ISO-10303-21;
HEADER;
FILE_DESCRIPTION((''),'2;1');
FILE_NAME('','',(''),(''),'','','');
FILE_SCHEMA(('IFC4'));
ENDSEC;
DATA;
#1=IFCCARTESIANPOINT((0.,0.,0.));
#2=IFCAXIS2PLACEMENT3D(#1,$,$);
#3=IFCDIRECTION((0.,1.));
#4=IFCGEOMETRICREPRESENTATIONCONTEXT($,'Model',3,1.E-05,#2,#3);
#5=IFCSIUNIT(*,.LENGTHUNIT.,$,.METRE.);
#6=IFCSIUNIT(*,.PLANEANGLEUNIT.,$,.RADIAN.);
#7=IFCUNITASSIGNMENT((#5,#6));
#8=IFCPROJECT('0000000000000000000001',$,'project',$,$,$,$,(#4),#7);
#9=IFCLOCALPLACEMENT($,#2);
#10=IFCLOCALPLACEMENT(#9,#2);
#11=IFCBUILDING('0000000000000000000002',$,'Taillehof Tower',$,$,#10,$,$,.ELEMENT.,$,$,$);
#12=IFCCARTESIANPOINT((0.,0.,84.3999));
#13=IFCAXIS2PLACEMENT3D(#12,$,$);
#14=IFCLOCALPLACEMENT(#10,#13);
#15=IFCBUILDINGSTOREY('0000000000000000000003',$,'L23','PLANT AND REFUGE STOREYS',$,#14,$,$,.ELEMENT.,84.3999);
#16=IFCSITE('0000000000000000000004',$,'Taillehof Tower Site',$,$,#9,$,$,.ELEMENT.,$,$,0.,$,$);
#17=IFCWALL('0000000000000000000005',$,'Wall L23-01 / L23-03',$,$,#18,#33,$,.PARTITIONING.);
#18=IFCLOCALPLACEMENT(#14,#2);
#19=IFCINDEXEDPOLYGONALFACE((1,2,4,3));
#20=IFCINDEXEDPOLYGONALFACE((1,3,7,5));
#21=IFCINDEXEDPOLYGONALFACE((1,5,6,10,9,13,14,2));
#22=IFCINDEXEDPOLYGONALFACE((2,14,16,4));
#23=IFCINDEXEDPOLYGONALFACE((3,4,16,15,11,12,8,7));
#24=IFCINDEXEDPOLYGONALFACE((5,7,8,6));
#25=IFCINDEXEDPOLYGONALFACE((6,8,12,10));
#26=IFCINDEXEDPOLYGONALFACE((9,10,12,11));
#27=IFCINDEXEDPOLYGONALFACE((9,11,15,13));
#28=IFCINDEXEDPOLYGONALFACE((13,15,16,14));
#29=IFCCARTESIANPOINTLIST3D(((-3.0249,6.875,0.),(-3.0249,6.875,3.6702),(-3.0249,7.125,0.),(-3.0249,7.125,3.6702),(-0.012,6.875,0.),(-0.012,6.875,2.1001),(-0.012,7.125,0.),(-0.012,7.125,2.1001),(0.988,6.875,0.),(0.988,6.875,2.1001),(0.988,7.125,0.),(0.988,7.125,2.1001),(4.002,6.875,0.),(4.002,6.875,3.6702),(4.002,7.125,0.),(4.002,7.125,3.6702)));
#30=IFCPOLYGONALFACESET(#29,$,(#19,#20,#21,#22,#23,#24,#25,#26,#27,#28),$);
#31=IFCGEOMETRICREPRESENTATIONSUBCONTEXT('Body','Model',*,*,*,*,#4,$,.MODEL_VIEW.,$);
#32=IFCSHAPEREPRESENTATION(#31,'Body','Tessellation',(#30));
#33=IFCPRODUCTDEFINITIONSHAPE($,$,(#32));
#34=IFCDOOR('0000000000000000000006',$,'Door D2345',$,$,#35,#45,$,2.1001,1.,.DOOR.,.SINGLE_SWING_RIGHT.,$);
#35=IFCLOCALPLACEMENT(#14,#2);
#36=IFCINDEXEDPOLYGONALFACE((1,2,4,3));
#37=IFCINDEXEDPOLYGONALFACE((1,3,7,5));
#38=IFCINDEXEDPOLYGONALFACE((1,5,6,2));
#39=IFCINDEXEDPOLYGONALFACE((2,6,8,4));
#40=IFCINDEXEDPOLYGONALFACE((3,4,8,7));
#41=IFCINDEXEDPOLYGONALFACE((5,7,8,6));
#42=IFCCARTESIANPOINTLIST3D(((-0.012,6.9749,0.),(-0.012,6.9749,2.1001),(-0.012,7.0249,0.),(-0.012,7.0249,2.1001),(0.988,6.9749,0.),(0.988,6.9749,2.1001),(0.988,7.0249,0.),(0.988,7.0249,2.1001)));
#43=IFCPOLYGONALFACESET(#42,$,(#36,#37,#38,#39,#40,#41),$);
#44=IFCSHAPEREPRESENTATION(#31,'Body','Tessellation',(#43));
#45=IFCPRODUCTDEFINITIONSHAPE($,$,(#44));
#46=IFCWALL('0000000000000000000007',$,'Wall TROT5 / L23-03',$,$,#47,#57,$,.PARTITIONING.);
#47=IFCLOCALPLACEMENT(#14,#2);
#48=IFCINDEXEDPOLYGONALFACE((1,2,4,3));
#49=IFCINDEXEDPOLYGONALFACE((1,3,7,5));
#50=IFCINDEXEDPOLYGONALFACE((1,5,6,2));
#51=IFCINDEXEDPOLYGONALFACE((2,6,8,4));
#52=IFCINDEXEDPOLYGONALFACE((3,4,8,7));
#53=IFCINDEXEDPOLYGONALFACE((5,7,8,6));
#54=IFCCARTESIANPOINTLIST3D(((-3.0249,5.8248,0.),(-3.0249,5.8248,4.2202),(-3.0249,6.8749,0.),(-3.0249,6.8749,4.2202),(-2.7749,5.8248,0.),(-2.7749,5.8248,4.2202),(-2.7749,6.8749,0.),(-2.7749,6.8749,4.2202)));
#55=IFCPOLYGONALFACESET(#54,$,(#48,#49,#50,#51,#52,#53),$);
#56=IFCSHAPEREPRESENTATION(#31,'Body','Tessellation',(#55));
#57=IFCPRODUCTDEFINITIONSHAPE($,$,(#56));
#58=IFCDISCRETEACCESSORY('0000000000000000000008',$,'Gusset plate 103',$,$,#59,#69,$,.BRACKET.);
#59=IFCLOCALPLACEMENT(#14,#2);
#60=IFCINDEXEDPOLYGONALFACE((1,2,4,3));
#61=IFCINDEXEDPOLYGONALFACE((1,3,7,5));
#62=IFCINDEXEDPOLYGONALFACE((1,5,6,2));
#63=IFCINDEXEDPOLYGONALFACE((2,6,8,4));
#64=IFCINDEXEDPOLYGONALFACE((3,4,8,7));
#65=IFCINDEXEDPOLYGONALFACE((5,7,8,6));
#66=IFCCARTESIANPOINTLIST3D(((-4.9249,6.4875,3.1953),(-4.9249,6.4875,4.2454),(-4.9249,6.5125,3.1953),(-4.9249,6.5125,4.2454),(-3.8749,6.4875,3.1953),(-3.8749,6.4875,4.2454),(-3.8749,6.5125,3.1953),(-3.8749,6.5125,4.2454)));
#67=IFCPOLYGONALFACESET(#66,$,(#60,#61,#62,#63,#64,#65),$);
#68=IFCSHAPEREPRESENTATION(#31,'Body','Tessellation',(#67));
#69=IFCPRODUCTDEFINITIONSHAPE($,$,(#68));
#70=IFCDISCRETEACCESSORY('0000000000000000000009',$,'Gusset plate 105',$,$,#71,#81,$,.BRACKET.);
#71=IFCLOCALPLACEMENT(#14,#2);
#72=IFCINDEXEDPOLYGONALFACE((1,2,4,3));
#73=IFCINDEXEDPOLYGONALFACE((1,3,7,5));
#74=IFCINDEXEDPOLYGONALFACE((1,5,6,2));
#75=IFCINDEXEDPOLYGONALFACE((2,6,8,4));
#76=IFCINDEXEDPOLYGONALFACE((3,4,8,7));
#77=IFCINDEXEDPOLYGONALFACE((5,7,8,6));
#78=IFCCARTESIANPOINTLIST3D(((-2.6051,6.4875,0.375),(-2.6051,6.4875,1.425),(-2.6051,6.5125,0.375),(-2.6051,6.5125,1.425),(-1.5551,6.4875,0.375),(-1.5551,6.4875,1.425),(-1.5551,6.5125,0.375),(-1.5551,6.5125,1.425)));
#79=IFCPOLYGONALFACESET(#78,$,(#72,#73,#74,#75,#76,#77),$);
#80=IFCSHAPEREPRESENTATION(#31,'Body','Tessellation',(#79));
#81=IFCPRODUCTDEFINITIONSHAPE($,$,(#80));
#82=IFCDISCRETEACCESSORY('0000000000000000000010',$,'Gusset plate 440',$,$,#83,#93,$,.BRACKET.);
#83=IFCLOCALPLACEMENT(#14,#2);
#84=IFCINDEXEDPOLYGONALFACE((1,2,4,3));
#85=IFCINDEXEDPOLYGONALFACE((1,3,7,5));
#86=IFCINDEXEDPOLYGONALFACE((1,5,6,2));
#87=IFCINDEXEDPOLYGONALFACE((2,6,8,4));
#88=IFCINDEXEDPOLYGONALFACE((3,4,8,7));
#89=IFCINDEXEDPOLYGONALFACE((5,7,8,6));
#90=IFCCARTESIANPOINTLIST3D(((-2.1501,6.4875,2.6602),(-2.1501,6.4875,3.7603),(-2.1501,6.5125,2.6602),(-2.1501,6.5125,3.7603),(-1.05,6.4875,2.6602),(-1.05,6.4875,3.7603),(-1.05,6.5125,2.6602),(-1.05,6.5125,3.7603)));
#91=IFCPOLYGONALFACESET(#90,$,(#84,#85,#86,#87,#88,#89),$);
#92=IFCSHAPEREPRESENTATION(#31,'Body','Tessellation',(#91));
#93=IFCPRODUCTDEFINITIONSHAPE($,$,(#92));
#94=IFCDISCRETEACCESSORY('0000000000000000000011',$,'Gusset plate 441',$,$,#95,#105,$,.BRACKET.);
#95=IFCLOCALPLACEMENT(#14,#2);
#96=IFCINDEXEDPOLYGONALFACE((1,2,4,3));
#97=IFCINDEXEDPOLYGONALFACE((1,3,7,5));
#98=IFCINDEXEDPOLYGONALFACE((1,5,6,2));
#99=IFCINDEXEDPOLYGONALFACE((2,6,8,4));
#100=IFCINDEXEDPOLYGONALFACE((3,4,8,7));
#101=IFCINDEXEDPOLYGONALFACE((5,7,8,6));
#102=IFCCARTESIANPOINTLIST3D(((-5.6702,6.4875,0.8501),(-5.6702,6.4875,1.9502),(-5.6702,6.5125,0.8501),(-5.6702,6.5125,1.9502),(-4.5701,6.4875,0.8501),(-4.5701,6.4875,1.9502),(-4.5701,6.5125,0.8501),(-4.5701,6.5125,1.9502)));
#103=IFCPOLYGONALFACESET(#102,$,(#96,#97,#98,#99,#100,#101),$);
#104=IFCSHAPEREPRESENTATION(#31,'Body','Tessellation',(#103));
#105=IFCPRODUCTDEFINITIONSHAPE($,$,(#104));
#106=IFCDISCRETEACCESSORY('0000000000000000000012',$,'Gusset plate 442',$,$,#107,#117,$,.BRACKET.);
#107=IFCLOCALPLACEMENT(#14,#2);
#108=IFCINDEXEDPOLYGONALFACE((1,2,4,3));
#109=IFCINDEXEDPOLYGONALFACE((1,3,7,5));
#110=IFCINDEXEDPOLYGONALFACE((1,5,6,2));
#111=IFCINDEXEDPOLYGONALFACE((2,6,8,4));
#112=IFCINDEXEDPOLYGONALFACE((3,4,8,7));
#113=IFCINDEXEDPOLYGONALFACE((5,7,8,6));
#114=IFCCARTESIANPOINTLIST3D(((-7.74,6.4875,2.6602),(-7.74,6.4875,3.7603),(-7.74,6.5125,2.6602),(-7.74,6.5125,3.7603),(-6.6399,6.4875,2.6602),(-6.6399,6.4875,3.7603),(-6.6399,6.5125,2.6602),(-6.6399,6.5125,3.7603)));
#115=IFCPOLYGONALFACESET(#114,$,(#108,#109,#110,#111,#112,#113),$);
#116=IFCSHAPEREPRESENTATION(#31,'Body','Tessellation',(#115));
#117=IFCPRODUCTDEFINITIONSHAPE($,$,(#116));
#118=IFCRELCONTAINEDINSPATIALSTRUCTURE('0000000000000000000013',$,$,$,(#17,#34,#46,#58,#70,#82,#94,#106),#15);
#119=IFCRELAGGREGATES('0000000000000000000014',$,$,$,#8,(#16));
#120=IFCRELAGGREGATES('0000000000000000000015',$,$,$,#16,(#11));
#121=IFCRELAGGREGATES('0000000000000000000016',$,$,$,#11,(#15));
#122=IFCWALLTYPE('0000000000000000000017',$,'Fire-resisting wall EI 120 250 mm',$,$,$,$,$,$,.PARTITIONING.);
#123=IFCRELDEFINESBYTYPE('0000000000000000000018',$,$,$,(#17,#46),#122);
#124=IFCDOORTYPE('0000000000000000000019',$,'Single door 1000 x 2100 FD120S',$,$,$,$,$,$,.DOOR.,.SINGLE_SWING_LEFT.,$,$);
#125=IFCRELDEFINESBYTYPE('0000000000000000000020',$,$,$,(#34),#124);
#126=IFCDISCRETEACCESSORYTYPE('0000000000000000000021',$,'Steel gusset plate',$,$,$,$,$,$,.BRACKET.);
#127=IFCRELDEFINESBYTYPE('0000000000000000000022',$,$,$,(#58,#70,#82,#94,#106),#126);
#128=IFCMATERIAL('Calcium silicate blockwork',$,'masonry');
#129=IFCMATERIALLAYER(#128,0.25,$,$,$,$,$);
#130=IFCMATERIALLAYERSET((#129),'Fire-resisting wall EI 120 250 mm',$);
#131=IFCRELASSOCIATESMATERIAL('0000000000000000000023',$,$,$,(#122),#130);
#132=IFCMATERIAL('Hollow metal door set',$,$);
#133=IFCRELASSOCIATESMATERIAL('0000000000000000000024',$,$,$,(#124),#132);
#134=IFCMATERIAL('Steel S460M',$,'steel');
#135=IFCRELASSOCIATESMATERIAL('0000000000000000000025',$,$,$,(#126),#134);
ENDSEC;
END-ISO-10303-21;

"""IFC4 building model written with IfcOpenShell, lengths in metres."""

from ifc_helpers import new_model, si_unit, direction, frame, frame_2d, origin, origin_2d, place, context, subcontext, project, spatial, rectangle, extrude, material, layer, layer_set, type_object, element, fill, save


model = new_model("IFC4")

# Units and contexts
model_context = context("Model", 3, precision=1e-05, world=origin(), true_north=direction((0.0, 1.0)))
body_context = subcontext(model_context, "Body", "Model", "MODEL_VIEW")
ifc_project = project(units=[si_unit("LENGTHUNIT", "METRE"), si_unit("PLANEANGLEUNIT", "RADIAN")], contexts=[model_context])

# Site, building, storey
site_placement = place(None, origin())
site = spatial("IfcSite", under=ifc_project, at=site_placement, Name="Taillehof Tower Site", CompositionType="ELEMENT", RefElevation=0.0)
building_placement = place(site_placement, origin())
building = spatial("IfcBuilding", under=site, at=building_placement, Name="Taillehof Tower", CompositionType="ELEMENT")
storey_placement = place(building_placement, frame((0.0, 0.0, 84.3999)))
storey = spatial("IfcBuildingStorey", under=building, at=storey_placement, Name="L23", Description="PLANT AND REFUGE STOREYS", CompositionType="ELEMENT", Elevation=84.3999)

# Wall, opening, door
ifc_material_1 = material(Name="Calcium silicate blockwork", Category="masonry")
ifc_layer_1 = layer(ifc_material_1, 0.25)
ifc_layer_set_1 = layer_set([ifc_layer_1], Name="Fire-resisting wall EI 120 250 mm")
wall_type_1 = type_object("IfcWallType", Name="Fire-resisting wall EI 120 250 mm", PredefinedType="PARTITIONING", material=ifc_layer_set_1)
wall_1_placement = place(storey_placement, frame((-3.0249, 7.0, 0.0), z_axis=(0.0, 0.0, 1.0), x_axis=(1.0, 0.0, 0.0)))
wall_1 = element("IfcWall", 1, at=wall_1_placement, inside=storey, type_object=wall_type_1, Name="Wall L23-01 / L23-03", PredefinedType="PARTITIONING", context=body_context, shape_type="SweptSolid", body=[
    extrude(rectangle(XDim=7.0269, YDim=0.25, at=frame_2d((3.5134, 0.0))), origin(), (0.0, 0.0, 1.0), 3.6702),
])
opening_placement = place(wall_1_placement, frame((3.0129, 0.0, 0.0)))
opening = element("IfcOpeningElement", 2, at=opening_placement, cuts=wall_1, PredefinedType="OPENING", context=body_context, shape_type="SweptSolid", body=[
    extrude(rectangle(XDim=1.0, YDim=2.1001, at=frame_2d((0.5, 1.05))), frame((0.0, 0.135, 0.0), z_axis=(0.0, -1.0, 0.0), x_axis=(1.0, 0.0, 0.0)), (0.0, 0.0, 1.0), 0.27),
])
ifc_material_2 = material(Name="Hollow metal door set")
door_type = type_object("IfcDoorType", Name="Single door 1000 x 2100 FD120S", OperationType="SINGLE_SWING_LEFT", PredefinedType="DOOR", material=ifc_material_2)
door_placement = place(opening_placement, origin())
door = element("IfcDoor", 3, at=door_placement, inside=storey, type_object=door_type, Name="Door D2345", OperationType="SINGLE_SWING_RIGHT", OverallHeight=2.1001, OverallWidth=1.0, PredefinedType="DOOR", context=body_context, shape_type="SweptSolid", body=[
    extrude(rectangle(XDim=1.0, YDim=2.1001, at=frame_2d((0.5, 1.05))), frame((0.0, 0.0249, 0.0), z_axis=(0.0, -1.0, 0.0), x_axis=(1.0, 0.0, 0.0)), (0.0, 0.0, 1.0), 0.05),
])
fill(opening, door)

# Wall
wall_2_placement = place(storey_placement, frame((-2.8999, 5.825, 0.0), z_axis=(0.0, 0.0, 1.0), x_axis=(0.0, 1.0, 0.0)))
element("IfcWall", 4, at=wall_2_placement, inside=storey, type_object=wall_type_1, Name="Wall TROT5 / L23-03", PredefinedType="PARTITIONING", context=body_context, shape_type="SweptSolid", body=[
    extrude(rectangle(XDim=1.05, YDim=0.25, at=frame_2d((0.5249, 0.0))), origin(), (0.0, 0.0, 1.0), 4.2202),
])

# Discrete accessories
ifc_material_3 = material(Name="Steel S460M", Category="steel")
discrete_accessory_type = type_object("IfcDiscreteAccessoryType", Name="Steel gusset plate", PredefinedType="BRACKET", material=ifc_material_3)
for number, where, z_axis, x_axis, name in (
    (5, (-4.3999, 6.5, 3.1953), (0.0, 0.0, 1.0), (-1.0, 0.0, 0.0), "Gusset plate 103"),
    (6, (-2.0801, 6.5, 0.375), (0.0, 0.0, 1.0), (-1.0, 0.0, 0.0), "Gusset plate 105"),
):
    element("IfcDiscreteAccessory", number, at=place(storey_placement, frame(where, z_axis=z_axis, x_axis=x_axis)), inside=storey, type_object=discrete_accessory_type, Name=name, PredefinedType="BRACKET", context=body_context, shape_type="SweptSolid", body=[
        extrude(rectangle(XDim=1.05, YDim=0.0249, at=origin_2d()), origin(), (0.0, 0.0, 1.0), 1.05),
    ])
for number, where, z_axis, x_axis, name in (
    (7, (-1.6001, 6.5, 2.6602), (0.0, 0.0, 1.0), (1.0, 0.0, 0.0), "Gusset plate 440"),
    (8, (-5.1201, 6.5, 0.8501), (0.0, 0.0, 1.0), (1.0, 0.0, 0.0), "Gusset plate 441"),
    (9, (-7.1899, 6.5, 2.6602), (0.0, 0.0, 1.0), (1.0, 0.0, 0.0), "Gusset plate 442"),
):
    element("IfcDiscreteAccessory", number, at=place(storey_placement, frame(where, z_axis=z_axis, x_axis=x_axis)), inside=storey, type_object=discrete_accessory_type, Name=name, PredefinedType="BRACKET", context=body_context, shape_type="SweptSolid", body=[
        extrude(rectangle(XDim=1.1001, YDim=0.0249, at=origin_2d()), origin(), (0.0, 0.0, 1.0), 1.1001),
    ])

save(model, "model.ifc")
